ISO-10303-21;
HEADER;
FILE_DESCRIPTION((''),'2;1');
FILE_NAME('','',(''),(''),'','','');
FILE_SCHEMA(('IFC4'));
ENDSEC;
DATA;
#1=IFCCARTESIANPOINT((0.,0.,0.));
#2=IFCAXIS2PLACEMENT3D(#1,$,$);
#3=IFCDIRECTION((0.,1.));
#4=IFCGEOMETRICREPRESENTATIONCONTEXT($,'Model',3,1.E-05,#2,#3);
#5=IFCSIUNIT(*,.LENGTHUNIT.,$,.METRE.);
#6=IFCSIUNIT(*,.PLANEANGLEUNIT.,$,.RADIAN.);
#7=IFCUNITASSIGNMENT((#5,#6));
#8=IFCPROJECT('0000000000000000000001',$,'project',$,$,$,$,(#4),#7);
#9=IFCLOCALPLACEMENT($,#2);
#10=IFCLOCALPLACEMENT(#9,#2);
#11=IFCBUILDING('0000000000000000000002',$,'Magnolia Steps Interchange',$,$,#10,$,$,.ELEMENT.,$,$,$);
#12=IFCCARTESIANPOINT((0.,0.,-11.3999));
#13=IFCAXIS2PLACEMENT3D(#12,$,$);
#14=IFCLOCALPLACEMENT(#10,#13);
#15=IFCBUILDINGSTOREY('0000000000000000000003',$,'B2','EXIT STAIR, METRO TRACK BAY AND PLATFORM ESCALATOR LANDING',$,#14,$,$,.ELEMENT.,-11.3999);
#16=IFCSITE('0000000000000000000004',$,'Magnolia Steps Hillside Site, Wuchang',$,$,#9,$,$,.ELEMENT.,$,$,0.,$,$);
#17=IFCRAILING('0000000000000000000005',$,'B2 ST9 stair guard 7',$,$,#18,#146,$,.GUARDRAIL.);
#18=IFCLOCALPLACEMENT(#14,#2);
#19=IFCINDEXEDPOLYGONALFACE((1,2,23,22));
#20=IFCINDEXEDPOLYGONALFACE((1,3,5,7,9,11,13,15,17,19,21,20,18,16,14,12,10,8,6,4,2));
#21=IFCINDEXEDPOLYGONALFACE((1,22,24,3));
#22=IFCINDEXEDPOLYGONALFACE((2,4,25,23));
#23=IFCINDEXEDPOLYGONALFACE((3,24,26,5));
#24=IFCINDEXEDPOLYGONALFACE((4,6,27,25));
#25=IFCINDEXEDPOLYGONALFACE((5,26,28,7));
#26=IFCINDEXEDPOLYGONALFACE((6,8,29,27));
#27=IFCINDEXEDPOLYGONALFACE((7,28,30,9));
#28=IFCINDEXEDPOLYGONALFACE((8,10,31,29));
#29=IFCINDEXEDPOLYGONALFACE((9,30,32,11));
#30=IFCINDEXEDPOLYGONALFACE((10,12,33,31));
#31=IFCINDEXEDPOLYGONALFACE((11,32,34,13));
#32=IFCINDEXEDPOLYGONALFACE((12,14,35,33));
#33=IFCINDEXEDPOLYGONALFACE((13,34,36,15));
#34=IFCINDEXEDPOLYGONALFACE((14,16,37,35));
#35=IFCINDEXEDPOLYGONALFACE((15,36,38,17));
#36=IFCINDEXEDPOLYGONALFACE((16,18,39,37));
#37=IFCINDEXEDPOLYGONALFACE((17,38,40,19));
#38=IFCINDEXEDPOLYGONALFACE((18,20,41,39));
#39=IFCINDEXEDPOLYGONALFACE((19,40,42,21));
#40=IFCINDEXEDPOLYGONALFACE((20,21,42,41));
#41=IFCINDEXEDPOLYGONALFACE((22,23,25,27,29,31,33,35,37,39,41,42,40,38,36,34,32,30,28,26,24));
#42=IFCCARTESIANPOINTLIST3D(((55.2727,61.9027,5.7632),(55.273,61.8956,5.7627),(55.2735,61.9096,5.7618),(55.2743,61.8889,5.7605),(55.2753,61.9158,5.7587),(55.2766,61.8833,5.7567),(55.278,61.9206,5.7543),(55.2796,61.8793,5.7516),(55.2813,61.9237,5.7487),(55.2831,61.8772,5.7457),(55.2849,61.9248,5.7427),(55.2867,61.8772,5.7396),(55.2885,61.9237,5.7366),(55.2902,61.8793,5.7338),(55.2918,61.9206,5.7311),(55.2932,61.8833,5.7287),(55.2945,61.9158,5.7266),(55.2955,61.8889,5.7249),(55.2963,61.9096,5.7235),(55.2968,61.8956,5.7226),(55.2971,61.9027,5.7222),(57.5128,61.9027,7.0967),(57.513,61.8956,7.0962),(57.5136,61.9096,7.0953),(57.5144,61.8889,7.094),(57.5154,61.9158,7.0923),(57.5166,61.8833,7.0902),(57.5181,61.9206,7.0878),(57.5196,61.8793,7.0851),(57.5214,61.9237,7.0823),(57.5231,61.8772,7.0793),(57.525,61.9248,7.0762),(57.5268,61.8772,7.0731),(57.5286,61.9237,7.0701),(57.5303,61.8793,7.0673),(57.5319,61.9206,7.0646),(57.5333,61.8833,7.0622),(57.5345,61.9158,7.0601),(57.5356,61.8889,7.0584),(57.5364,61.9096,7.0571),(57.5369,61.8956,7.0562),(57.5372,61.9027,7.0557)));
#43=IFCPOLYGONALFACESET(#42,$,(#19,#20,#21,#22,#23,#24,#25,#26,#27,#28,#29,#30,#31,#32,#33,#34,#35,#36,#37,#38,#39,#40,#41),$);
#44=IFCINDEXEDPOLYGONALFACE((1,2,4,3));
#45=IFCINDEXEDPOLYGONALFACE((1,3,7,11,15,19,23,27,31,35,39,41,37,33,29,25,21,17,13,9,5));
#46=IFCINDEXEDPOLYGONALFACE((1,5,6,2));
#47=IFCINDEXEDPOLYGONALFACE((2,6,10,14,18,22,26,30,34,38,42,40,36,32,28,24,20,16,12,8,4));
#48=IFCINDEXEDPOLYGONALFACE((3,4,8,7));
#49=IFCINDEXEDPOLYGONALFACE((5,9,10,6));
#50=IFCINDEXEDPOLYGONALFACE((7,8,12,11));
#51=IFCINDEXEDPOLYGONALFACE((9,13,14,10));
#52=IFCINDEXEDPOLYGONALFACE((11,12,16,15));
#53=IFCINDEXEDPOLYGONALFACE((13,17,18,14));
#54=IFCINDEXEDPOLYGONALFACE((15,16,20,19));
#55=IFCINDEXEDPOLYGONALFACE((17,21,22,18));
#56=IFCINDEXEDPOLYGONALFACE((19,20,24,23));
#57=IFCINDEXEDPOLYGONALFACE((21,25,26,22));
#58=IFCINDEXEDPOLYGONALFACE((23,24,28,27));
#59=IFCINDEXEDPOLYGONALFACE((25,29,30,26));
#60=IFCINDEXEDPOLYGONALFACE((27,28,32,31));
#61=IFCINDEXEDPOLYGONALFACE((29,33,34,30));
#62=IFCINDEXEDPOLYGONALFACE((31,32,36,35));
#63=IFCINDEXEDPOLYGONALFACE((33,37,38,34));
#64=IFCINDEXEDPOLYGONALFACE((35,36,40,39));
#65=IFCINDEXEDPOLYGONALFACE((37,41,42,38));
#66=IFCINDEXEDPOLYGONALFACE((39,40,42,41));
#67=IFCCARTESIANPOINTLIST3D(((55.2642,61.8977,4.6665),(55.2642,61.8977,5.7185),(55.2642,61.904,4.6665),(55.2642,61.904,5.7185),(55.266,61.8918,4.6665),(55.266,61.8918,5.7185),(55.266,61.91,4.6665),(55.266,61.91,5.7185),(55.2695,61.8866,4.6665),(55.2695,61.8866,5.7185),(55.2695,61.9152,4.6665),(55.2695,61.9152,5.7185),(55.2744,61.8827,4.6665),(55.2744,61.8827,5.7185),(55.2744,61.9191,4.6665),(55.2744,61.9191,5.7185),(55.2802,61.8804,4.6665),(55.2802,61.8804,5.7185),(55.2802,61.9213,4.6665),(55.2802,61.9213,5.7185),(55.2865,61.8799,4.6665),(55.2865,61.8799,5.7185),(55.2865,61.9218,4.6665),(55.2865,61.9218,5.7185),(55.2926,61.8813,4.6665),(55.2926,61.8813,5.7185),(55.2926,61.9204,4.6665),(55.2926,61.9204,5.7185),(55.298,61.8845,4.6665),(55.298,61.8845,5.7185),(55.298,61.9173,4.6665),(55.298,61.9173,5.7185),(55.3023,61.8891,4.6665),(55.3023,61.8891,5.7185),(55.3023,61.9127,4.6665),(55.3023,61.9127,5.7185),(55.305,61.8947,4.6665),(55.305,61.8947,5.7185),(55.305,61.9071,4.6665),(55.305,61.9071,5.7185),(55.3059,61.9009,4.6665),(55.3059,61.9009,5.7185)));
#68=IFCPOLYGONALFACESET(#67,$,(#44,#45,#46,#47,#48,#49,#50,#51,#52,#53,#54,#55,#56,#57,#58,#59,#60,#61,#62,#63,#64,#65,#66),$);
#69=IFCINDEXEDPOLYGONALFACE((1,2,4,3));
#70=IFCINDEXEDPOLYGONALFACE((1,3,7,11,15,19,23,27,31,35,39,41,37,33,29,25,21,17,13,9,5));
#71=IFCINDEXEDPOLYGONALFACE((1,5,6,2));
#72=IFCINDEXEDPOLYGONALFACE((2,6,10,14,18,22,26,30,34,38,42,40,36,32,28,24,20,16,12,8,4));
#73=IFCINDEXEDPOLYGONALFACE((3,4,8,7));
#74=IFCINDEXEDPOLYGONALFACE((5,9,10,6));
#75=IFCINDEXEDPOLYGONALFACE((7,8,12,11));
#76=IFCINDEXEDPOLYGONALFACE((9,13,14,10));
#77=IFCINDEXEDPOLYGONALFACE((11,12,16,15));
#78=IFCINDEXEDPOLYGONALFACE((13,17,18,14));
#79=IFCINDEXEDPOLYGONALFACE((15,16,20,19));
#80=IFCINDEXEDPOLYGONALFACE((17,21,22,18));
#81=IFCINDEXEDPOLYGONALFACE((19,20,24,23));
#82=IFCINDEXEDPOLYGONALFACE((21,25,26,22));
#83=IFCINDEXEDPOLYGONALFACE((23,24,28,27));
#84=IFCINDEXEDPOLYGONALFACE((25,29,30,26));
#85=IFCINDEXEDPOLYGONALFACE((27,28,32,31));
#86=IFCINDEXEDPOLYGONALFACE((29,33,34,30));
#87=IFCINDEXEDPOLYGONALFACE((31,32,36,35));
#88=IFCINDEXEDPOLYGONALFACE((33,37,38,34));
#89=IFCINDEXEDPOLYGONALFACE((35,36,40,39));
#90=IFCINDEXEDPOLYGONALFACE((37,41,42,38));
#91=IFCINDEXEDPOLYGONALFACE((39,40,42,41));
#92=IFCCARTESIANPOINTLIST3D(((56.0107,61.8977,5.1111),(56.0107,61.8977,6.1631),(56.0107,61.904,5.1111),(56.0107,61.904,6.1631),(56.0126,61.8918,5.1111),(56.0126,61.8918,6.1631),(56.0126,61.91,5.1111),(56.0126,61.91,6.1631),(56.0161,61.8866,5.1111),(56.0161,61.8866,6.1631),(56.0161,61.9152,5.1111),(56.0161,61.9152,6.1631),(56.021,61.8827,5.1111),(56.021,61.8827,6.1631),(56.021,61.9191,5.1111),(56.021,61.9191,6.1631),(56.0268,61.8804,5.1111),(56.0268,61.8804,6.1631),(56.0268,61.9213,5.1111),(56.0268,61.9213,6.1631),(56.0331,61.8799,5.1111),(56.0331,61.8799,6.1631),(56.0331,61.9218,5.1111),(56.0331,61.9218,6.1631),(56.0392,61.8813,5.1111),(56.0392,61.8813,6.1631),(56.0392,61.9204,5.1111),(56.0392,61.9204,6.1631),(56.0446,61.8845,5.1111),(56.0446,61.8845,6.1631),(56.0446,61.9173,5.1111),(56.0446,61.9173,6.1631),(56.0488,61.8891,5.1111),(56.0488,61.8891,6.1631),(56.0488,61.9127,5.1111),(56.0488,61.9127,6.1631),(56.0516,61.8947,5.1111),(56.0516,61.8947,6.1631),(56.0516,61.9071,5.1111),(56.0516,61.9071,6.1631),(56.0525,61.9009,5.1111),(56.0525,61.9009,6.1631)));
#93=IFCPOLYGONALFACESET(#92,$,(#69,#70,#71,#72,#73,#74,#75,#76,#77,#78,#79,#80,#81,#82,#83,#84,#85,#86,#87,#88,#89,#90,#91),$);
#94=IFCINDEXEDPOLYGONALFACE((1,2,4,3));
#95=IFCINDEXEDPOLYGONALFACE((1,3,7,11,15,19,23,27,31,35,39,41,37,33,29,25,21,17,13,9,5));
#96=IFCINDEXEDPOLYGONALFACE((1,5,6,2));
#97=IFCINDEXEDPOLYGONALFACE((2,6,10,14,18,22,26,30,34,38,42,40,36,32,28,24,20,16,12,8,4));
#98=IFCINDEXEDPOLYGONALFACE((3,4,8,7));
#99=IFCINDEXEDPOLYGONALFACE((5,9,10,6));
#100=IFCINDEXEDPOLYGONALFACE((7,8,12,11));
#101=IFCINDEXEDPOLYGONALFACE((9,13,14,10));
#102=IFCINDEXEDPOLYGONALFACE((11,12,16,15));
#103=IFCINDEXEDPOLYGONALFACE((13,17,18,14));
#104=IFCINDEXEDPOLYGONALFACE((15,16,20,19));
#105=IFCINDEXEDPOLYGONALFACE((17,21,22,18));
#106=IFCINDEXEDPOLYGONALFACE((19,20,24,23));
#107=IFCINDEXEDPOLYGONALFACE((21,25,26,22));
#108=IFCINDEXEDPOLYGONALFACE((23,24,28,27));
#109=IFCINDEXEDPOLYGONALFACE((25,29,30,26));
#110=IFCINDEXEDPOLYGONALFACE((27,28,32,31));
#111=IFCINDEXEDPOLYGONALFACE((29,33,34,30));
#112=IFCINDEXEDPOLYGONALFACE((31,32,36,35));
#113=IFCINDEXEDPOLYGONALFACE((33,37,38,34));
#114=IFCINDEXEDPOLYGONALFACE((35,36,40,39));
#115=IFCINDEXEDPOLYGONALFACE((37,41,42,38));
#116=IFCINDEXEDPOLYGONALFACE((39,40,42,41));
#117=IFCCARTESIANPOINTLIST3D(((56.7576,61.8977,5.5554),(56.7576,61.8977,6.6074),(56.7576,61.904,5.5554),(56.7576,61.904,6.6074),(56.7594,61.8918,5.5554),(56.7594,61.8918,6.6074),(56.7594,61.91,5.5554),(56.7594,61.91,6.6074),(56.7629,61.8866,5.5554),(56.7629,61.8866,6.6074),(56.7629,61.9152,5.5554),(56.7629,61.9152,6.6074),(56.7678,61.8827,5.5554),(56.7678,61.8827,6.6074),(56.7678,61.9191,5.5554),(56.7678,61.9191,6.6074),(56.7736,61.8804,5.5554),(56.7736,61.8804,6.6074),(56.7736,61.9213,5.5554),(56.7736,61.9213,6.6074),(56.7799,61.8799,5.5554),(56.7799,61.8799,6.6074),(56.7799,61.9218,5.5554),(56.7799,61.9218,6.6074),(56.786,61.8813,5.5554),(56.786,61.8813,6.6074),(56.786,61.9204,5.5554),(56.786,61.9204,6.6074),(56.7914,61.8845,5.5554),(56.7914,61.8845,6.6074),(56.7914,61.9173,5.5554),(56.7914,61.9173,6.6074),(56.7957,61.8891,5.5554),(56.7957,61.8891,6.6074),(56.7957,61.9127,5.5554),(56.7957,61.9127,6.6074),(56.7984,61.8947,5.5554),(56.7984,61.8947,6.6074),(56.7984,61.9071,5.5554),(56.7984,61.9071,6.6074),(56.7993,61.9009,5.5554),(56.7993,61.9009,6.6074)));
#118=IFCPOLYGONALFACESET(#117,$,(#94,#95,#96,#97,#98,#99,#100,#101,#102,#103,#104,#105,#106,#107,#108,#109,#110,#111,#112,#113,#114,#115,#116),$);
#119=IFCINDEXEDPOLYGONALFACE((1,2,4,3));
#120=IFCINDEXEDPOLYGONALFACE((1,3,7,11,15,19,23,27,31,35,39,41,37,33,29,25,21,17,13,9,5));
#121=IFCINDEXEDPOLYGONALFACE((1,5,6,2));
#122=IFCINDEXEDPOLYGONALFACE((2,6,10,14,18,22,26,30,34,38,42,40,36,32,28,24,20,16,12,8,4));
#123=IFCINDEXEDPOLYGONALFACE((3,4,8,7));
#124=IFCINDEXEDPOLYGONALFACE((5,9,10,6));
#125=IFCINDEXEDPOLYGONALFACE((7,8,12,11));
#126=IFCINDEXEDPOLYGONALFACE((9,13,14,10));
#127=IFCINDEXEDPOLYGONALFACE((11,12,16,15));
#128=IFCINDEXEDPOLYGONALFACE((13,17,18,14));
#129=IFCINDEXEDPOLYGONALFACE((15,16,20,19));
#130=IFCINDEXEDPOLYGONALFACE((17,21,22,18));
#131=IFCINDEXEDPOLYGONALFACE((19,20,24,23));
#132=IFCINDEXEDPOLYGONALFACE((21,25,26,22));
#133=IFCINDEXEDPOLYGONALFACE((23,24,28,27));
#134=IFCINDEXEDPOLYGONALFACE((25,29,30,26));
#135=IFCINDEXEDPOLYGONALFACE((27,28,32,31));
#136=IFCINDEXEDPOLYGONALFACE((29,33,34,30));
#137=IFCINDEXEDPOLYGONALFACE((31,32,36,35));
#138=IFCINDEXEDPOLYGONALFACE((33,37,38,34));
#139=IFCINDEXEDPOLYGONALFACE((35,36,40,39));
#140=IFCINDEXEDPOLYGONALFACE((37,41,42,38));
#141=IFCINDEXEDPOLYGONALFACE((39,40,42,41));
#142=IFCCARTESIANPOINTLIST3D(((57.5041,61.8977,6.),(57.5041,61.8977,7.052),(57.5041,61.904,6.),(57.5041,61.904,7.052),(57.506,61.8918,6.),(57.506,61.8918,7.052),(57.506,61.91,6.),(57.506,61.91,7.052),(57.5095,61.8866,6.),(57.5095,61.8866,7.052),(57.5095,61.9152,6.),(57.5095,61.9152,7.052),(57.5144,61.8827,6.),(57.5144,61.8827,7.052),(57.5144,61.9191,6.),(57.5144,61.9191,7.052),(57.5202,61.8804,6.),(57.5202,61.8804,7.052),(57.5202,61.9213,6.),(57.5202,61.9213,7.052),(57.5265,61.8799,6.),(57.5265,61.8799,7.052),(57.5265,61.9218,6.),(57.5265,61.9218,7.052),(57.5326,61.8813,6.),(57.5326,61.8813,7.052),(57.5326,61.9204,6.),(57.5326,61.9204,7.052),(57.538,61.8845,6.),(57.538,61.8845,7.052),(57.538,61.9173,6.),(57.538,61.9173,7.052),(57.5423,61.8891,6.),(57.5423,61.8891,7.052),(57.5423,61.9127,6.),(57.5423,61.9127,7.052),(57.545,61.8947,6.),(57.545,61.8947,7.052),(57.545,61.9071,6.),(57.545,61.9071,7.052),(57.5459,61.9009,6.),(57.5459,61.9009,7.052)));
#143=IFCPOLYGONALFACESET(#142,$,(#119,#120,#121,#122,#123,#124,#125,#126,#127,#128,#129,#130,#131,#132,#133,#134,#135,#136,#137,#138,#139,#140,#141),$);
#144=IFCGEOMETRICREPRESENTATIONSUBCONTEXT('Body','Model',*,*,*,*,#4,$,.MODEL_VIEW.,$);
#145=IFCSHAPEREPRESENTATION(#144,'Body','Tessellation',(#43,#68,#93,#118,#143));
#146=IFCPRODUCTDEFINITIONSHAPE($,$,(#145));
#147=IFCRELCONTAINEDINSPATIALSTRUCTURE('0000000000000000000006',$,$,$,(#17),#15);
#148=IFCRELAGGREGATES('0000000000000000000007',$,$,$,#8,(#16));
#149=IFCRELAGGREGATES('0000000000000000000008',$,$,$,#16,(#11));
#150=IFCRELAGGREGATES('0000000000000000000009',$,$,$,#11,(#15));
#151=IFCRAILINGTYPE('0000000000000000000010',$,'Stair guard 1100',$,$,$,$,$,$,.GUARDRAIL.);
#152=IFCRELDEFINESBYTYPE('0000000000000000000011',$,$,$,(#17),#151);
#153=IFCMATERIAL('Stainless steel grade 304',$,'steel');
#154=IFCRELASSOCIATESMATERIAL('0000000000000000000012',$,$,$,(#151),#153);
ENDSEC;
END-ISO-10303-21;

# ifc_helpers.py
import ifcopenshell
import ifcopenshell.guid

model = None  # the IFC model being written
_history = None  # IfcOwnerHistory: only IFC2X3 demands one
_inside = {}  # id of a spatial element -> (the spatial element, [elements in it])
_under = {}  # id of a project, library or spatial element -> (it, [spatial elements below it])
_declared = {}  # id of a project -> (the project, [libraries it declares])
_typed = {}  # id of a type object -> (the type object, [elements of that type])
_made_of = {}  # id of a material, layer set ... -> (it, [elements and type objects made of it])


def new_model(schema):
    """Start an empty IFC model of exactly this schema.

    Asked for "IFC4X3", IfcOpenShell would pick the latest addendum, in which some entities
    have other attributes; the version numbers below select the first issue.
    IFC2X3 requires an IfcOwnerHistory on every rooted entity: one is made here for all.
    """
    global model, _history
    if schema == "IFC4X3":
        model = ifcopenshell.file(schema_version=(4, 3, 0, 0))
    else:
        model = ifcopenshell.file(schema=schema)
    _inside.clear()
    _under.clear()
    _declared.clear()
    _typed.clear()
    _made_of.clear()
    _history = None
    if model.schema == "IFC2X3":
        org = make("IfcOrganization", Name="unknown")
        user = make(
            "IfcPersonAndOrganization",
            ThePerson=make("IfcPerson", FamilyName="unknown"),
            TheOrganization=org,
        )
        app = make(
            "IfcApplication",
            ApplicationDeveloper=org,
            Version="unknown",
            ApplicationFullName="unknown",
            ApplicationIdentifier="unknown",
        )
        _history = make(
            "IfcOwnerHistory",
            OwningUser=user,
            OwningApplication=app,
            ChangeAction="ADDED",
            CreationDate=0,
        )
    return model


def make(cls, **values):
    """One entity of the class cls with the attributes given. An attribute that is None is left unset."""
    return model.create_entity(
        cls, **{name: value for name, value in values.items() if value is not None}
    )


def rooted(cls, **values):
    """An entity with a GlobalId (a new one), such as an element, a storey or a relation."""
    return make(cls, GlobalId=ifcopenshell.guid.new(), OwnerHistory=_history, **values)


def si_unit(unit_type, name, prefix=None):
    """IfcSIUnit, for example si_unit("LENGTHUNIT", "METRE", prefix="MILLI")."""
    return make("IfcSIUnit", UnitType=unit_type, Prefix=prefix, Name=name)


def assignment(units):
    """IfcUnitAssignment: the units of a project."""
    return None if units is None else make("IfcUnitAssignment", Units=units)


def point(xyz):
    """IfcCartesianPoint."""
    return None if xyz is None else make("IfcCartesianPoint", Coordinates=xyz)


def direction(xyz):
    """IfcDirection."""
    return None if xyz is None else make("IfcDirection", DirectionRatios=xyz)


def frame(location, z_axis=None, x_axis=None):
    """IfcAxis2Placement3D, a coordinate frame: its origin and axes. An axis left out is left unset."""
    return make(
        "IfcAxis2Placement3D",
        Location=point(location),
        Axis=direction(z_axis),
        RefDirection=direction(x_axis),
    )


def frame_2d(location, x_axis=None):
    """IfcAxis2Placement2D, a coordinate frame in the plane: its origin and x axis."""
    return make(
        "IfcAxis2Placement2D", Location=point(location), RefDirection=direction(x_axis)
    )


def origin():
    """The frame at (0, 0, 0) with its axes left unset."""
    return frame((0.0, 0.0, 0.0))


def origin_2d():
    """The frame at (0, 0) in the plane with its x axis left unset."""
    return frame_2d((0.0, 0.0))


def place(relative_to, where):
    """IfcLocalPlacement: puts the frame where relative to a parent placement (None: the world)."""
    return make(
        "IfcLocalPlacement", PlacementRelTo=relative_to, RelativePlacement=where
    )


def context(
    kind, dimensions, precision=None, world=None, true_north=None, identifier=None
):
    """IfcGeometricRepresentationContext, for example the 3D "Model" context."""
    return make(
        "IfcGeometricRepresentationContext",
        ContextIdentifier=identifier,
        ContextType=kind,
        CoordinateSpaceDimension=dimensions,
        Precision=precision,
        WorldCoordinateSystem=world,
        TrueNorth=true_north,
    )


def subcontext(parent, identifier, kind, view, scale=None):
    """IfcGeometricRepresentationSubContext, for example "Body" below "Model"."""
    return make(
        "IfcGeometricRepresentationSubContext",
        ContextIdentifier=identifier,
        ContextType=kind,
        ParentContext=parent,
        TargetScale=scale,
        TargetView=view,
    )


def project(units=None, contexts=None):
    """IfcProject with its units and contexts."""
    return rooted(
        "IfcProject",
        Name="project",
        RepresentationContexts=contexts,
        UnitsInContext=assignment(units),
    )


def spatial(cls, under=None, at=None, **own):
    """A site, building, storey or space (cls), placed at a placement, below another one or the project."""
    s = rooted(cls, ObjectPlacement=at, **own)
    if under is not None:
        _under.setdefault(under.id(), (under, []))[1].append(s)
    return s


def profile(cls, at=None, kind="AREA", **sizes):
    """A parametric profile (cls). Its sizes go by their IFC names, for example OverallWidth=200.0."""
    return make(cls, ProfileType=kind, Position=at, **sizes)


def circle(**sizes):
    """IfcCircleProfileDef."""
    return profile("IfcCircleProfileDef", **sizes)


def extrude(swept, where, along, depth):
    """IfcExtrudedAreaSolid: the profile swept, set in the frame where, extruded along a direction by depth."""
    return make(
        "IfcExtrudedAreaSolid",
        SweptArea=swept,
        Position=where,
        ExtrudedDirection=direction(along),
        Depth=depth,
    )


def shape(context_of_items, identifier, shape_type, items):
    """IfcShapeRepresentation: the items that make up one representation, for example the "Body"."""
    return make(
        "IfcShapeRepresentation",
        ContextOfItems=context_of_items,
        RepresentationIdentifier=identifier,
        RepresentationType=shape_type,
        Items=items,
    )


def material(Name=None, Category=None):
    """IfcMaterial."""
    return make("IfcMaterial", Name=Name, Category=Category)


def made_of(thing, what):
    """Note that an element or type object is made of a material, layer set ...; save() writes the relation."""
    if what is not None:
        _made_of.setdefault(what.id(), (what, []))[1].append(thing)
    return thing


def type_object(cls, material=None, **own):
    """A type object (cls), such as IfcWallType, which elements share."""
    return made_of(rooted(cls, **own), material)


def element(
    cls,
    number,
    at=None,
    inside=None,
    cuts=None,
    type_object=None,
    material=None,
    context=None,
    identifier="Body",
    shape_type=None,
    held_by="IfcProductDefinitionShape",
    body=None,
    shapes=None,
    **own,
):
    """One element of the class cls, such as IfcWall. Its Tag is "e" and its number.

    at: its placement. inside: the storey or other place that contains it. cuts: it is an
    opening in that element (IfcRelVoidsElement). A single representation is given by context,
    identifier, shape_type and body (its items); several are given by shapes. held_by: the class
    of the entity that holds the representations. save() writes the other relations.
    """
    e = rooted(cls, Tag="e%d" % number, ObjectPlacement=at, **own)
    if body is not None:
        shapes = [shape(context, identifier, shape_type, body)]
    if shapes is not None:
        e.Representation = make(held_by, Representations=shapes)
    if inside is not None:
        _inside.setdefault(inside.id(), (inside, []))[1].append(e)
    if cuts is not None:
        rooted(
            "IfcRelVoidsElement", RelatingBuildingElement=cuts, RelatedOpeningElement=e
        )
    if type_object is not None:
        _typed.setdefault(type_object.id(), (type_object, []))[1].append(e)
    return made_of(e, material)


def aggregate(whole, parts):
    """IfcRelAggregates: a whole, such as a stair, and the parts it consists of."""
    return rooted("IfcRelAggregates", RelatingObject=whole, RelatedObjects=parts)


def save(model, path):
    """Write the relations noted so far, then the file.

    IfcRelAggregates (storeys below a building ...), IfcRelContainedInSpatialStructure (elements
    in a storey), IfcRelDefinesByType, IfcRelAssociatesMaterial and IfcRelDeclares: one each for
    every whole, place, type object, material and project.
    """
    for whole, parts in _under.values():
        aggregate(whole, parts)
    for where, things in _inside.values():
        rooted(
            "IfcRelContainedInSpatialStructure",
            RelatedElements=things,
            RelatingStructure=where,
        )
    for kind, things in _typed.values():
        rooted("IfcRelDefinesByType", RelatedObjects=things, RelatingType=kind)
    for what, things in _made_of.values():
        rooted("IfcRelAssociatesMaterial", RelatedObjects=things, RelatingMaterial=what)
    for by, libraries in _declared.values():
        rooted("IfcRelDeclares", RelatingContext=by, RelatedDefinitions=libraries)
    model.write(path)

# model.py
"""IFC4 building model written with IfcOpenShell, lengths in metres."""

from ifc_helpers import new_model, si_unit, direction, frame, origin, origin_2d, place, context, subcontext, project, spatial, circle, extrude, material, type_object, element, save


model = new_model("IFC4")

# Units and contexts
model_context = context("Model", 3, precision=1e-05, world=origin(), true_north=direction((0.0, 1.0)))
body_context = subcontext(model_context, "Body", "Model", "MODEL_VIEW")
ifc_project = project(units=[si_unit("LENGTHUNIT", "METRE"), si_unit("PLANEANGLEUNIT", "RADIAN")], contexts=[model_context])

# Site, building, storey
site_placement = place(None, origin())
site = spatial("IfcSite", under=ifc_project, at=site_placement, Name="Magnolia Steps Hillside Site, Wuchang", CompositionType="ELEMENT", RefElevation=0.0)
building_placement = place(site_placement, origin())
building = spatial("IfcBuilding", under=site, at=building_placement, Name="Magnolia Steps Interchange", CompositionType="ELEMENT")
storey_placement = place(building_placement, frame((0.0, 0.0, -11.3999)))
storey = spatial("IfcBuildingStorey", under=building, at=storey_placement, Name="B2", Description="EXIT STAIR, METRO TRACK BAY AND PLATFORM ESCALATOR LANDING", CompositionType="ELEMENT", Elevation=-11.3999)

# Railing
ifc_material_1 = material(Name="Stainless steel grade 304", Category="steel")
railing_type_1 = type_object("IfcRailingType", Name="Stair guard 1100", PredefinedType="GUARDRAIL", material=ifc_material_1)
railing_1_placement = place(storey_placement, frame((55.2849, 61.9009, 4.6665)))
element("IfcRailing", 1, at=railing_1_placement, inside=storey, type_object=railing_type_1, Name="B2 ST9 stair guard 7", PredefinedType="GUARDRAIL", context=body_context, shape_type="SweptSolid", body=[
    extrude(circle(Radius=0.0239, at=origin_2d()), frame((0.0, 0.0, 1.0762), z_axis=(0.859264, 0.0, 0.511532), x_axis=(0.0, 1.0, 0.0)), (0.0, 0.0, 1.0), 2.6069),
    extrude(circle(Radius=0.021, at=origin_2d()), origin(), (0.0, 0.0, 1.0), 1.052),
    extrude(circle(Radius=0.021, at=origin_2d()), frame((0.7466, 0.0, 0.4446)), (0.0, 0.0, 1.0), 1.052),
    extrude(circle(Radius=0.021, at=origin_2d()), frame((1.4934, 0.0, 0.8889)), (0.0, 0.0, 1.0), 1.052),
    extrude(circle(Radius=0.021, at=origin_2d()), frame((2.24, 0.0, 1.3335)), (0.0, 0.0, 1.0), 1.052),
])

save(model, "model.ifc")
